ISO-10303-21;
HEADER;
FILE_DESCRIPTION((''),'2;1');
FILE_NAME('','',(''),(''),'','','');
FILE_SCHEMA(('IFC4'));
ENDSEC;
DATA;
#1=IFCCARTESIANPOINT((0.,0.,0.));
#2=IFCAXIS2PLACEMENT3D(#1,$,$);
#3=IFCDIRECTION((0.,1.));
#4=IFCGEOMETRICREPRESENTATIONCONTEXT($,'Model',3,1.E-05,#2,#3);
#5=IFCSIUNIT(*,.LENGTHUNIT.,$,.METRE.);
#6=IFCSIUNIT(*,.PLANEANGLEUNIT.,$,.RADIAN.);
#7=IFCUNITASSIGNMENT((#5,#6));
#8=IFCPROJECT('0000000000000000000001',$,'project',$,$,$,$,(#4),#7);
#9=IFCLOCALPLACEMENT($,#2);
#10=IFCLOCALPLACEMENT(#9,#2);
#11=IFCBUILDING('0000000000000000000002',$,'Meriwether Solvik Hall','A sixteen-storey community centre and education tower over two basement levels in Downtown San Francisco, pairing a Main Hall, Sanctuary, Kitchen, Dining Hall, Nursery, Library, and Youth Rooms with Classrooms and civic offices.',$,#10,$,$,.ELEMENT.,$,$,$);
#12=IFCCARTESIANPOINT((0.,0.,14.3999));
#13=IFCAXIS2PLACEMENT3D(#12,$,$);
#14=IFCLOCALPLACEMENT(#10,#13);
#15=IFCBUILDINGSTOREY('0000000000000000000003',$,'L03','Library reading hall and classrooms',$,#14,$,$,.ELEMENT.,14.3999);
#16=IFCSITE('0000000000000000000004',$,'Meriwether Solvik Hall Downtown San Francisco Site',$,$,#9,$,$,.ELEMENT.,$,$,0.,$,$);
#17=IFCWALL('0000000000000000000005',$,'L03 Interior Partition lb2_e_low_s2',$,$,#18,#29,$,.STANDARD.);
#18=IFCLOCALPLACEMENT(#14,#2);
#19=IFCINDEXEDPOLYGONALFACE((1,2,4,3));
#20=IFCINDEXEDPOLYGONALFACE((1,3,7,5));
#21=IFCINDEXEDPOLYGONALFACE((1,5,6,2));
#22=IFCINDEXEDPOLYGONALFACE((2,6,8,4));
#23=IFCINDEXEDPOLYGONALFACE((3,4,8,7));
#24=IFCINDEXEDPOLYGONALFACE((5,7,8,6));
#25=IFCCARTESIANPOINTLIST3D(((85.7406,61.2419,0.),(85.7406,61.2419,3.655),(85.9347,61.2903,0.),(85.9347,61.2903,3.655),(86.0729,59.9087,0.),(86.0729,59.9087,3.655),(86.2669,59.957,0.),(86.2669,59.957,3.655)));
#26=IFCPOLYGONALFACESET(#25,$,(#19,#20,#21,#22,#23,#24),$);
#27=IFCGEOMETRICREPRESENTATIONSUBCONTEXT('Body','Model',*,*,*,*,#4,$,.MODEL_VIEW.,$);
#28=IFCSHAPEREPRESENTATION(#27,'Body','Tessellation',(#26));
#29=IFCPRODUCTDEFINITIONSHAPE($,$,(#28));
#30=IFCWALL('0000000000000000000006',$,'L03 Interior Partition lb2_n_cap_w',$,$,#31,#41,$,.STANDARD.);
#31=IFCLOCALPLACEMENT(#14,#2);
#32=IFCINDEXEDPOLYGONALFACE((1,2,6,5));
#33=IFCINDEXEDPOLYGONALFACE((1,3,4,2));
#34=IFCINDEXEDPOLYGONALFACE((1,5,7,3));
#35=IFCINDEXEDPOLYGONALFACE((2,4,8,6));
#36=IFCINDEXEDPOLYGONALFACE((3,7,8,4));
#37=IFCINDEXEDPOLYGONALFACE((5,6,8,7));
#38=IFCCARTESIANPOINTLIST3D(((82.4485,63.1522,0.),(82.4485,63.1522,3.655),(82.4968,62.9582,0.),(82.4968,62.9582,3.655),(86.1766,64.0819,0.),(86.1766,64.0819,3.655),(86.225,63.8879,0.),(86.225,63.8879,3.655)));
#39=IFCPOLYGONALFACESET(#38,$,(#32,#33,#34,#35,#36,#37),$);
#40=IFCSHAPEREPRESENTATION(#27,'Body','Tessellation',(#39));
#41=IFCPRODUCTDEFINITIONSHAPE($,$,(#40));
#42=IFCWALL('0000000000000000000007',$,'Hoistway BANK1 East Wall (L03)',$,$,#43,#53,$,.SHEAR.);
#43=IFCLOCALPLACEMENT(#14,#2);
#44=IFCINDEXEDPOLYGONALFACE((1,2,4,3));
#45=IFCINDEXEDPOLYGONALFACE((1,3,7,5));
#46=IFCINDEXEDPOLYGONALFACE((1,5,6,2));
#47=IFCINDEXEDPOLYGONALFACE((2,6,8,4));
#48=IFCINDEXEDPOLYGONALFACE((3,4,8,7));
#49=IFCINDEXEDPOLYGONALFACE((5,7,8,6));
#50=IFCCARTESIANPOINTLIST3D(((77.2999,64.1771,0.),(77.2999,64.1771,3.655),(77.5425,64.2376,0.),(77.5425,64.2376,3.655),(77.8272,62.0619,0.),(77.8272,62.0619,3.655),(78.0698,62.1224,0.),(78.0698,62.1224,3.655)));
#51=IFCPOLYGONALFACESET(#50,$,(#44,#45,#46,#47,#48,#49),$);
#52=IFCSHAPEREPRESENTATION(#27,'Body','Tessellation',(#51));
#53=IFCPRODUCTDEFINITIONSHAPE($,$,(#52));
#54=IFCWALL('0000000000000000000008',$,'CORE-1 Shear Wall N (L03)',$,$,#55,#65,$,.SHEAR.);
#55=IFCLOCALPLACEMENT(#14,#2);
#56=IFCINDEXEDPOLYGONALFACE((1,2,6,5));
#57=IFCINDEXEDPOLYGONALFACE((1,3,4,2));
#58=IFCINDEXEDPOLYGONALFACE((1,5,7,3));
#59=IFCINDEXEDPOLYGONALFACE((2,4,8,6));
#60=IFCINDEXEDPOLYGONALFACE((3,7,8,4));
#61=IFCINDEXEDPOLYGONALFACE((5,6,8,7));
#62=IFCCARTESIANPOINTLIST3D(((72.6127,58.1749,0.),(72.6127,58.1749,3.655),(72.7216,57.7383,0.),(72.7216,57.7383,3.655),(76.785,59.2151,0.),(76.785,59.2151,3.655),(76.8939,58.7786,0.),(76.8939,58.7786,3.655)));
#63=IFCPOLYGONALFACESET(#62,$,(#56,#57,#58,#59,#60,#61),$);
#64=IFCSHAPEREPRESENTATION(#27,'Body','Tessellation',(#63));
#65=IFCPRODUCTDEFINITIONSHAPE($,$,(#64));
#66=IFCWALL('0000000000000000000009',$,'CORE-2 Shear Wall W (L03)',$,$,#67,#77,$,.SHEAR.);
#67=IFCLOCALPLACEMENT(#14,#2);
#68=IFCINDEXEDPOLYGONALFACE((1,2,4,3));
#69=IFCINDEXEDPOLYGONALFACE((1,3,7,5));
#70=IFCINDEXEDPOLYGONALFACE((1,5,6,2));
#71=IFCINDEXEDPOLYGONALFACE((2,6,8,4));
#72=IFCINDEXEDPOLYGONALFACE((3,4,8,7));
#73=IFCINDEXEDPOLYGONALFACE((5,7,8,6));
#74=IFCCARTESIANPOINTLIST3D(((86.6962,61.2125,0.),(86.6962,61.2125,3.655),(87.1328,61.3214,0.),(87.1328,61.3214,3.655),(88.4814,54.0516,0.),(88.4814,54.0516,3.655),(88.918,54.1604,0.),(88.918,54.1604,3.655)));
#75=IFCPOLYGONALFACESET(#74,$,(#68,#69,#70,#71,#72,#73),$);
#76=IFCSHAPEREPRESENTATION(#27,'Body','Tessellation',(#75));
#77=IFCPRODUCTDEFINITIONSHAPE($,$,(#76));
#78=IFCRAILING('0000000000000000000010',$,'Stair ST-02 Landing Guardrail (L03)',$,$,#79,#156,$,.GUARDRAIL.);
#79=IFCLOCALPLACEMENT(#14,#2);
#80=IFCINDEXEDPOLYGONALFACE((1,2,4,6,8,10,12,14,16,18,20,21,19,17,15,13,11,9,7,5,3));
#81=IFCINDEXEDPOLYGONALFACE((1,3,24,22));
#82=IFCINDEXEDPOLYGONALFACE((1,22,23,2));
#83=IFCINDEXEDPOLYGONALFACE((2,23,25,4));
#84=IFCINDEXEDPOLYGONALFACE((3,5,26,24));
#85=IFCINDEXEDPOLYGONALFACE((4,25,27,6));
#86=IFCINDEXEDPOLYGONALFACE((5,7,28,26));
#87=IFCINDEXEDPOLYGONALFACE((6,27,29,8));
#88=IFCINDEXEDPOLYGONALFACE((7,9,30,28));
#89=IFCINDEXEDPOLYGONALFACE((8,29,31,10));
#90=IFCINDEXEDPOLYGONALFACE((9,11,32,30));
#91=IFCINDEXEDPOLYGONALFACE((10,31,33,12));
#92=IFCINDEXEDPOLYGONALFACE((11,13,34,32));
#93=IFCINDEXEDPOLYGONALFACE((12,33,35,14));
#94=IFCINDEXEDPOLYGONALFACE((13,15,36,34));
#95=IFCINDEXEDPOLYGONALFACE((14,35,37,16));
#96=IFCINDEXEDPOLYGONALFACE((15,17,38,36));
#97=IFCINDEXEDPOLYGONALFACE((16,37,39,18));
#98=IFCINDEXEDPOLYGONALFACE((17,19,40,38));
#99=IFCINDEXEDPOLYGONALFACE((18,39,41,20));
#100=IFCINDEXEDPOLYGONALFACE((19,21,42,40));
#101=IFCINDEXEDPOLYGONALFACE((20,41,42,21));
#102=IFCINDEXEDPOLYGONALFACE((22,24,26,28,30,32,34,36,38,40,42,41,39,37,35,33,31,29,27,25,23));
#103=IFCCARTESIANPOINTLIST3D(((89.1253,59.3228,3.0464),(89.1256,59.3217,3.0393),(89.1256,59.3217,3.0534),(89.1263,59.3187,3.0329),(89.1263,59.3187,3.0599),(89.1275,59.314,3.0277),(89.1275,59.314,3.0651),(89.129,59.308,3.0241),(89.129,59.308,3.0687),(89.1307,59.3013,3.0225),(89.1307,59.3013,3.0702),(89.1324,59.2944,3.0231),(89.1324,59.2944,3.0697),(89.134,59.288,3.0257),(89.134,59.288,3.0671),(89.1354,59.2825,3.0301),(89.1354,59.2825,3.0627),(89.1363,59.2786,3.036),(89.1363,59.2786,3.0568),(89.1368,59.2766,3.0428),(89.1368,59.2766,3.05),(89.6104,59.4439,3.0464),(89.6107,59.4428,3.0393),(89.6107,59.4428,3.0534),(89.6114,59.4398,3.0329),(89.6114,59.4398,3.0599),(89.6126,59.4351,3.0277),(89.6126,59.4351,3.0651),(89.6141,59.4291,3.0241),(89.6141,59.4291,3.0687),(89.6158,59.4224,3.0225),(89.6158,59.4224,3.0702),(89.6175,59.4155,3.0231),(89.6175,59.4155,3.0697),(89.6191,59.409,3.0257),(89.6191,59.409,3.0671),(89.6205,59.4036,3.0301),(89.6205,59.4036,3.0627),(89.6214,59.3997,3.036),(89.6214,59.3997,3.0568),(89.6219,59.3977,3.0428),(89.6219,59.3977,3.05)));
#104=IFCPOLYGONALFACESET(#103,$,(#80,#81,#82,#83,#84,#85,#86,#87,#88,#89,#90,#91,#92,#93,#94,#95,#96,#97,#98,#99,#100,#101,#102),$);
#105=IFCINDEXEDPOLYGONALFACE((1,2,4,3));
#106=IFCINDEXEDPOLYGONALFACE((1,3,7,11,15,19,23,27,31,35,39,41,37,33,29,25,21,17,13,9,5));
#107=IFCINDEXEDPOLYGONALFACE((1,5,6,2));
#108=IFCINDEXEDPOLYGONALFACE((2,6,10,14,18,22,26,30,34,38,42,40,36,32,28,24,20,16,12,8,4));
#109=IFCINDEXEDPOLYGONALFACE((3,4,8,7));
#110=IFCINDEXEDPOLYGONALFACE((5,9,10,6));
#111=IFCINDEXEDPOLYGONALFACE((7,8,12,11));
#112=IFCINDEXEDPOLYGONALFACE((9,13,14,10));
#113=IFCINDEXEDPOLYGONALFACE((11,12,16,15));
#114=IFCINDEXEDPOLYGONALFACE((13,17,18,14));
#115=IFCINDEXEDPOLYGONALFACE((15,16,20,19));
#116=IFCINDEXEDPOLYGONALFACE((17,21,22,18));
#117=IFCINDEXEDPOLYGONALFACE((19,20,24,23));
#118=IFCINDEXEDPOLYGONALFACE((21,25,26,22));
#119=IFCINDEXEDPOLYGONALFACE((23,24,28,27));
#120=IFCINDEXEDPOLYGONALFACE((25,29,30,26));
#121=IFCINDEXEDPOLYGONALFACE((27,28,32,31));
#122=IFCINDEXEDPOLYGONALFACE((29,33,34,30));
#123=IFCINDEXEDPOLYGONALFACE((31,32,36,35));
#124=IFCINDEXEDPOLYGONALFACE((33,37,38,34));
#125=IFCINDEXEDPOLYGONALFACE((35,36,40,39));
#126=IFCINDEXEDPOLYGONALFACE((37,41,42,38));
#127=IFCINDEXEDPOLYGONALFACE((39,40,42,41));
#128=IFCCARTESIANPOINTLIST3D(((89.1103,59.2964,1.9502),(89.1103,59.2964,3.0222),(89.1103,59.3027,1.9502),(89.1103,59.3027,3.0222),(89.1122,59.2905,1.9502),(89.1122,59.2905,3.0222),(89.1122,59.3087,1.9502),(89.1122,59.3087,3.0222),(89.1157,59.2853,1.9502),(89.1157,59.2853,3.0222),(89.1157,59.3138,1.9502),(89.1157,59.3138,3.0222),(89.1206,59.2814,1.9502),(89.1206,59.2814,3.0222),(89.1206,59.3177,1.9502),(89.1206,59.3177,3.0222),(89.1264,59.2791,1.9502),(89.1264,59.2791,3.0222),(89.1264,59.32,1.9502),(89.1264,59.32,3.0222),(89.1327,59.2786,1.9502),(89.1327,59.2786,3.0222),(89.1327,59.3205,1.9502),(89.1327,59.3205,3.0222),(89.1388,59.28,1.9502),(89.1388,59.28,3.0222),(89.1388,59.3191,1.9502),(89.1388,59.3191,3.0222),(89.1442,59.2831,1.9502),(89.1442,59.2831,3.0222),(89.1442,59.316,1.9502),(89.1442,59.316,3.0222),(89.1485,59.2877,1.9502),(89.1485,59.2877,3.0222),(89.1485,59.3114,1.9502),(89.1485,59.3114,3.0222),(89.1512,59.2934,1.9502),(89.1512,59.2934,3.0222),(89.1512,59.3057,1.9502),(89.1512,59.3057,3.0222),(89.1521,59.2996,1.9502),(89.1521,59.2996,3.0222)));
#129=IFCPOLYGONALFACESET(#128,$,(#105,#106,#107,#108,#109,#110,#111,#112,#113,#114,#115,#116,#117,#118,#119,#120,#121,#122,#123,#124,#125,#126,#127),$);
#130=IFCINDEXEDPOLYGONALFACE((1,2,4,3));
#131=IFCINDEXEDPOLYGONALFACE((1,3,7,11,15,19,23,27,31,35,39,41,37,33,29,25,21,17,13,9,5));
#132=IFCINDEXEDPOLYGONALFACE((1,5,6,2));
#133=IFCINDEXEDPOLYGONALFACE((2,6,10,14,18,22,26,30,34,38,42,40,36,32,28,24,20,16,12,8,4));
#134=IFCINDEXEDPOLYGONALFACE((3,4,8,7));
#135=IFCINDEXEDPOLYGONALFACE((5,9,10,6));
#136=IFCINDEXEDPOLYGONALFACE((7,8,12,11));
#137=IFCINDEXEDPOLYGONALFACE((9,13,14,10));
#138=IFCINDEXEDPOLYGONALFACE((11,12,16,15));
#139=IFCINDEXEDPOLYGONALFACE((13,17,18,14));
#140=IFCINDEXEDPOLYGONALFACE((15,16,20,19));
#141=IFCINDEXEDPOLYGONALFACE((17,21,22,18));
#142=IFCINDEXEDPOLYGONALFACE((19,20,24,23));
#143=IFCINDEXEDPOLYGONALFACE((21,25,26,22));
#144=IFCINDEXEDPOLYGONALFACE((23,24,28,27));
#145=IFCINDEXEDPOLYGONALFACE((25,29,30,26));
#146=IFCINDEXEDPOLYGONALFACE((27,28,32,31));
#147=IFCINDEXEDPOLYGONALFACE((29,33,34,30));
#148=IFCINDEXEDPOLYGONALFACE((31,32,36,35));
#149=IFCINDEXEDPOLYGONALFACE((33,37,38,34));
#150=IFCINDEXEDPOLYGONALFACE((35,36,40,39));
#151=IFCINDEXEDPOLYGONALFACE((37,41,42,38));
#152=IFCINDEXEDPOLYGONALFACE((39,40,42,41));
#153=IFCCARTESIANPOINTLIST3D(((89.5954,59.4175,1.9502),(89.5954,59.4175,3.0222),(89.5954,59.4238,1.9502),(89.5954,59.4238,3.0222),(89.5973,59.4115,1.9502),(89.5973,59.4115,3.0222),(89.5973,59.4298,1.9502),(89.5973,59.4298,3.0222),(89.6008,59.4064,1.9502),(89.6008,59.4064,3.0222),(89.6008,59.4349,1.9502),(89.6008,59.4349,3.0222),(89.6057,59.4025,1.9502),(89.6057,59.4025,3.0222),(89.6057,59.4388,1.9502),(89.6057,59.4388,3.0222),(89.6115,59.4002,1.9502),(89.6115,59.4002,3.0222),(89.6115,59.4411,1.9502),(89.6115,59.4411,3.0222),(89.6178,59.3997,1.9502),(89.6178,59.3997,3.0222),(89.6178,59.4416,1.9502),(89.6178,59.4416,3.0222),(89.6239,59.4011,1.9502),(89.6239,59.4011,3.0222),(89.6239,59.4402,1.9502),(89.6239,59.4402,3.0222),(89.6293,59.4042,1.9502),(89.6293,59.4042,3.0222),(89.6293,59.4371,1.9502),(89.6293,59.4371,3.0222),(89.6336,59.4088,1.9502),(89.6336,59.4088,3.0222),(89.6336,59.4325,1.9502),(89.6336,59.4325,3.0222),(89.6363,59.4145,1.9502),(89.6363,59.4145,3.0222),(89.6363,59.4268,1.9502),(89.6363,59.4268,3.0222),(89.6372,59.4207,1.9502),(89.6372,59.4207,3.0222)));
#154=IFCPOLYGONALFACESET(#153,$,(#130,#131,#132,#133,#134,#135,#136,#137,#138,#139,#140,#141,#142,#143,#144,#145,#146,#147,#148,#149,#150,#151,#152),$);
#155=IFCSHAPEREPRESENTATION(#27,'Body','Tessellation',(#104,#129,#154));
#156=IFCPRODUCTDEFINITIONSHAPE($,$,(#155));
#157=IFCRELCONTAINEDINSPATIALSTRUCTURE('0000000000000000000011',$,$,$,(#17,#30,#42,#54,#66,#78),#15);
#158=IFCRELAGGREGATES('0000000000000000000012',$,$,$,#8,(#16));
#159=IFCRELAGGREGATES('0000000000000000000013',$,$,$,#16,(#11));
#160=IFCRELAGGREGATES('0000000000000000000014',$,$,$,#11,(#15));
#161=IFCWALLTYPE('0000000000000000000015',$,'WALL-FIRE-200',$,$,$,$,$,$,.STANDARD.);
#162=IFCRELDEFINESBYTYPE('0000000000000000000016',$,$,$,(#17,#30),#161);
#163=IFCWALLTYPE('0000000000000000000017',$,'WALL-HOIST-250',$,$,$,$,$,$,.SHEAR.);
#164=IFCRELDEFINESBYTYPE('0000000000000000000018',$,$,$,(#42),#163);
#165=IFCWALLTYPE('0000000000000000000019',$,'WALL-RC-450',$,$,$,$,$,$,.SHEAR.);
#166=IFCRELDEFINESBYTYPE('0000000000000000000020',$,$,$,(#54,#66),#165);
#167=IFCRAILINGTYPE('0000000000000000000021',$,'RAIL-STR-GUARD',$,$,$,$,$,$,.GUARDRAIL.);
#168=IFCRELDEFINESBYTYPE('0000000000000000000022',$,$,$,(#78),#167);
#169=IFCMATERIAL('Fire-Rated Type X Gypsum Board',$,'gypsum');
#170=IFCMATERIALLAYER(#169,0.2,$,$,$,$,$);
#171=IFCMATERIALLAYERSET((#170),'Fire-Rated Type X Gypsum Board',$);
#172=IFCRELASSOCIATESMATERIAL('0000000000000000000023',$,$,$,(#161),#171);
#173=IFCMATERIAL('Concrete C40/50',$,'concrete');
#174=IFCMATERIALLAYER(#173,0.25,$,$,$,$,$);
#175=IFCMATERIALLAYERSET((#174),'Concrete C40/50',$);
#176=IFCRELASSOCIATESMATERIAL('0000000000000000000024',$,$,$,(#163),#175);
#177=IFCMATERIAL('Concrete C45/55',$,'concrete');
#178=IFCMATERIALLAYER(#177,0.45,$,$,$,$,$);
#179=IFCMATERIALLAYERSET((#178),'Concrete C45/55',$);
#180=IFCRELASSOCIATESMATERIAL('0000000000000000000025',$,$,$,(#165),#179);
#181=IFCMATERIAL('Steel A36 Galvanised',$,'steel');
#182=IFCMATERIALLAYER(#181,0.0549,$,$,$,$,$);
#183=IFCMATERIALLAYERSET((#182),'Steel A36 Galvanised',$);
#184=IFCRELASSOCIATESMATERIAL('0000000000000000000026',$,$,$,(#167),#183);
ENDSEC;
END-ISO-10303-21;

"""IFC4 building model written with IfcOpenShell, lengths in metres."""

from ifc_helpers import new_model, si_unit, direction, frame, frame_2d, origin, origin_2d, place, context, subcontext, project, spatial, rectangle, circle, extrude, material, layer, layer_set, type_object, element, save


model = new_model("IFC4")

# Units and contexts
model_context = context("Model", 3, precision=1e-05, world=origin(), true_north=direction((0.0, 1.0)))
body_context = subcontext(model_context, "Body", "Model", "MODEL_VIEW")
ifc_project = project(units=[si_unit("LENGTHUNIT", "METRE"), si_unit("PLANEANGLEUNIT", "RADIAN")], contexts=[model_context])

# Site, building, storey
site_placement = place(None, origin())
site = spatial("IfcSite", under=ifc_project, at=site_placement, Name="Meriwether Solvik Hall Downtown San Francisco Site", CompositionType="ELEMENT", RefElevation=0.0)
building_placement = place(site_placement, origin())
building = spatial("IfcBuilding", under=site, at=building_placement, Name="Meriwether Solvik Hall", Description="A sixteen-storey community centre and education tower over two basement levels in Downtown San Francisco, pairing a Main Hall, Sanctuary, Kitchen, Dining Hall, Nursery, Library, and Youth Rooms with Classrooms and civic offices.", CompositionType="ELEMENT")
storey_placement = place(building_placement, frame((0.0, 0.0, 14.3999)))
storey = spatial("IfcBuildingStorey", under=building, at=storey_placement, Name="L03", Description="Library reading hall and classrooms", CompositionType="ELEMENT", Elevation=14.3999)

# Shared definitions
ifc_material_1 = material(Name="Fire-Rated Type X Gypsum Board", Category="gypsum")
ifc_layer_1 = layer(ifc_material_1, 0.2)
ifc_layer_set_1 = layer_set([ifc_layer_1], Name="Fire-Rated Type X Gypsum Board")
wall_type_1 = type_object("IfcWallType", Name="WALL-FIRE-200", PredefinedType="STANDARD", material=ifc_layer_set_1)

# Walls
wall_1_placement = place(storey_placement, frame((86.1699, 59.9329, 0.0), z_axis=(0.0, 0.0, 1.0), x_axis=(-0.241825, 0.97032, 0.0)))
element("IfcWall", 1, at=wall_1_placement, inside=storey, type_object=wall_type_1, Name="L03 Interior Partition lb2_e_low_s2", PredefinedType="STANDARD", context=body_context, shape_type="SweptSolid", body=[
    extrude(rectangle(XDim=1.374, YDim=0.2, at=frame_2d((0.687, 0.0))), origin(), (0.0, 0.0, 1.0), 3.655),
])
wall_2_placement = place(storey_placement, frame((82.4727, 63.0552, 0.0), z_axis=(0.0, 0.0, 1.0), x_axis=(0.970284, 0.241967, 0.0)))
element("IfcWall", 2, at=wall_2_placement, inside=storey, type_object=wall_type_1, Name="L03 Interior Partition lb2_n_cap_w", PredefinedType="STANDARD", context=body_context, shape_type="SweptSolid", body=[
    extrude(rectangle(XDim=3.8423, YDim=0.2, at=frame_2d((1.9211, 0.0))), origin(), (0.0, 0.0, 1.0), 3.655),
])
ifc_material_2 = material(Name="Concrete C40/50", Category="concrete")
ifc_layer_2 = layer(ifc_material_2, 0.25)
ifc_layer_set_2 = layer_set([ifc_layer_2], Name="Concrete C40/50")
wall_type_2 = type_object("IfcWallType", Name="WALL-HOIST-250", PredefinedType="SHEAR", material=ifc_layer_set_2)
wall_3_placement = place(storey_placement, frame((77.9485, 62.0923, 0.0), z_axis=(0.0, 0.0, 1.0), x_axis=(-0.241903, 0.9703, 0.0)))
element("IfcWall", 3, at=wall_3_placement, inside=storey, type_object=wall_type_2, Name="Hoistway BANK1 East Wall (L03)", PredefinedType="SHEAR", context=body_context, shape_type="SweptSolid", body=[
    extrude(rectangle(XDim=2.1799, YDim=0.25, at=frame_2d((1.0898, 0.0))), origin(), (0.0, 0.0, 1.0), 3.655),
])
ifc_material_3 = material(Name="Concrete C45/55", Category="concrete")
ifc_layer_3 = layer(ifc_material_3, 0.45)
ifc_layer_set_3 = layer_set([ifc_layer_3], Name="Concrete C45/55")
wall_type_3 = type_object("IfcWallType", Name="WALL-RC-450", PredefinedType="SHEAR", material=ifc_layer_set_3)
wall_4_placement = place(storey_placement, frame((76.8394, 58.9968, 0.0), z_axis=(0.0, 0.0, 1.0), x_axis=(-0.970296, -0.241921, 0.0)))
element("IfcWall", 4, at=wall_4_placement, inside=storey, type_object=wall_type_3, Name="CORE-1 Shear Wall N (L03)", PredefinedType="SHEAR", context=body_context, shape_type="SweptSolid", body=[
    extrude(rectangle(XDim=4.3, YDim=0.45, at=frame_2d((2.1499, 0.0))), origin(), (0.0, 0.0, 1.0), 3.655),
])
wall_5_placement = place(storey_placement, frame((86.9146, 61.2668, 0.0), z_axis=(0.0, 0.0, 1.0), x_axis=(0.24189, -0.970304, 0.0)))
element("IfcWall", 5, at=wall_5_placement, inside=storey, type_object=wall_type_3, Name="CORE-2 Shear Wall W (L03)", PredefinedType="SHEAR", context=body_context, shape_type="SweptSolid", body=[
    extrude(rectangle(XDim=7.3801, YDim=0.45, at=frame_2d((3.6899, 0.0))), origin(), (0.0, 0.0, 1.0), 3.655),
])

# Railing
ifc_material_4 = material(Name="Steel A36 Galvanised", Category="steel")
ifc_layer_4 = layer(ifc_material_4, 0.0549)
ifc_layer_set_4 = layer_set([ifc_layer_4], Name="Steel A36 Galvanised")
railing_type = type_object("IfcRailingType", Name="RAIL-STR-GUARD", PredefinedType="GUARDRAIL", material=ifc_layer_set_4)
railing_placement = place(storey_placement, frame((89.1311, 59.2996, 1.9502)))
element("IfcRailing", 6, at=railing_placement, inside=storey, type_object=railing_type, Name="Stair ST-02 Landing Guardrail (L03)", PredefinedType="GUARDRAIL", context=body_context, shape_type="SweptSolid", body=[
    extrude(circle(Radius=0.0239, at=origin_2d()), frame((0.0, 0.0, 1.0962), z_axis=(0.970229, 0.242191, 0.0), x_axis=(-0.242191, 0.970229, 0.0)), (0.0, 0.0, 1.0), 0.5),
    extrude(circle(Radius=0.021, at=origin_2d()), origin(), (0.0, 0.0, 1.0), 1.072),
    extrude(circle(Radius=0.021, at=origin_2d()), frame((0.4851, 0.1211, 0.0)), (0.0, 0.0, 1.0), 1.072),
])

save(model, "model.ifc")
